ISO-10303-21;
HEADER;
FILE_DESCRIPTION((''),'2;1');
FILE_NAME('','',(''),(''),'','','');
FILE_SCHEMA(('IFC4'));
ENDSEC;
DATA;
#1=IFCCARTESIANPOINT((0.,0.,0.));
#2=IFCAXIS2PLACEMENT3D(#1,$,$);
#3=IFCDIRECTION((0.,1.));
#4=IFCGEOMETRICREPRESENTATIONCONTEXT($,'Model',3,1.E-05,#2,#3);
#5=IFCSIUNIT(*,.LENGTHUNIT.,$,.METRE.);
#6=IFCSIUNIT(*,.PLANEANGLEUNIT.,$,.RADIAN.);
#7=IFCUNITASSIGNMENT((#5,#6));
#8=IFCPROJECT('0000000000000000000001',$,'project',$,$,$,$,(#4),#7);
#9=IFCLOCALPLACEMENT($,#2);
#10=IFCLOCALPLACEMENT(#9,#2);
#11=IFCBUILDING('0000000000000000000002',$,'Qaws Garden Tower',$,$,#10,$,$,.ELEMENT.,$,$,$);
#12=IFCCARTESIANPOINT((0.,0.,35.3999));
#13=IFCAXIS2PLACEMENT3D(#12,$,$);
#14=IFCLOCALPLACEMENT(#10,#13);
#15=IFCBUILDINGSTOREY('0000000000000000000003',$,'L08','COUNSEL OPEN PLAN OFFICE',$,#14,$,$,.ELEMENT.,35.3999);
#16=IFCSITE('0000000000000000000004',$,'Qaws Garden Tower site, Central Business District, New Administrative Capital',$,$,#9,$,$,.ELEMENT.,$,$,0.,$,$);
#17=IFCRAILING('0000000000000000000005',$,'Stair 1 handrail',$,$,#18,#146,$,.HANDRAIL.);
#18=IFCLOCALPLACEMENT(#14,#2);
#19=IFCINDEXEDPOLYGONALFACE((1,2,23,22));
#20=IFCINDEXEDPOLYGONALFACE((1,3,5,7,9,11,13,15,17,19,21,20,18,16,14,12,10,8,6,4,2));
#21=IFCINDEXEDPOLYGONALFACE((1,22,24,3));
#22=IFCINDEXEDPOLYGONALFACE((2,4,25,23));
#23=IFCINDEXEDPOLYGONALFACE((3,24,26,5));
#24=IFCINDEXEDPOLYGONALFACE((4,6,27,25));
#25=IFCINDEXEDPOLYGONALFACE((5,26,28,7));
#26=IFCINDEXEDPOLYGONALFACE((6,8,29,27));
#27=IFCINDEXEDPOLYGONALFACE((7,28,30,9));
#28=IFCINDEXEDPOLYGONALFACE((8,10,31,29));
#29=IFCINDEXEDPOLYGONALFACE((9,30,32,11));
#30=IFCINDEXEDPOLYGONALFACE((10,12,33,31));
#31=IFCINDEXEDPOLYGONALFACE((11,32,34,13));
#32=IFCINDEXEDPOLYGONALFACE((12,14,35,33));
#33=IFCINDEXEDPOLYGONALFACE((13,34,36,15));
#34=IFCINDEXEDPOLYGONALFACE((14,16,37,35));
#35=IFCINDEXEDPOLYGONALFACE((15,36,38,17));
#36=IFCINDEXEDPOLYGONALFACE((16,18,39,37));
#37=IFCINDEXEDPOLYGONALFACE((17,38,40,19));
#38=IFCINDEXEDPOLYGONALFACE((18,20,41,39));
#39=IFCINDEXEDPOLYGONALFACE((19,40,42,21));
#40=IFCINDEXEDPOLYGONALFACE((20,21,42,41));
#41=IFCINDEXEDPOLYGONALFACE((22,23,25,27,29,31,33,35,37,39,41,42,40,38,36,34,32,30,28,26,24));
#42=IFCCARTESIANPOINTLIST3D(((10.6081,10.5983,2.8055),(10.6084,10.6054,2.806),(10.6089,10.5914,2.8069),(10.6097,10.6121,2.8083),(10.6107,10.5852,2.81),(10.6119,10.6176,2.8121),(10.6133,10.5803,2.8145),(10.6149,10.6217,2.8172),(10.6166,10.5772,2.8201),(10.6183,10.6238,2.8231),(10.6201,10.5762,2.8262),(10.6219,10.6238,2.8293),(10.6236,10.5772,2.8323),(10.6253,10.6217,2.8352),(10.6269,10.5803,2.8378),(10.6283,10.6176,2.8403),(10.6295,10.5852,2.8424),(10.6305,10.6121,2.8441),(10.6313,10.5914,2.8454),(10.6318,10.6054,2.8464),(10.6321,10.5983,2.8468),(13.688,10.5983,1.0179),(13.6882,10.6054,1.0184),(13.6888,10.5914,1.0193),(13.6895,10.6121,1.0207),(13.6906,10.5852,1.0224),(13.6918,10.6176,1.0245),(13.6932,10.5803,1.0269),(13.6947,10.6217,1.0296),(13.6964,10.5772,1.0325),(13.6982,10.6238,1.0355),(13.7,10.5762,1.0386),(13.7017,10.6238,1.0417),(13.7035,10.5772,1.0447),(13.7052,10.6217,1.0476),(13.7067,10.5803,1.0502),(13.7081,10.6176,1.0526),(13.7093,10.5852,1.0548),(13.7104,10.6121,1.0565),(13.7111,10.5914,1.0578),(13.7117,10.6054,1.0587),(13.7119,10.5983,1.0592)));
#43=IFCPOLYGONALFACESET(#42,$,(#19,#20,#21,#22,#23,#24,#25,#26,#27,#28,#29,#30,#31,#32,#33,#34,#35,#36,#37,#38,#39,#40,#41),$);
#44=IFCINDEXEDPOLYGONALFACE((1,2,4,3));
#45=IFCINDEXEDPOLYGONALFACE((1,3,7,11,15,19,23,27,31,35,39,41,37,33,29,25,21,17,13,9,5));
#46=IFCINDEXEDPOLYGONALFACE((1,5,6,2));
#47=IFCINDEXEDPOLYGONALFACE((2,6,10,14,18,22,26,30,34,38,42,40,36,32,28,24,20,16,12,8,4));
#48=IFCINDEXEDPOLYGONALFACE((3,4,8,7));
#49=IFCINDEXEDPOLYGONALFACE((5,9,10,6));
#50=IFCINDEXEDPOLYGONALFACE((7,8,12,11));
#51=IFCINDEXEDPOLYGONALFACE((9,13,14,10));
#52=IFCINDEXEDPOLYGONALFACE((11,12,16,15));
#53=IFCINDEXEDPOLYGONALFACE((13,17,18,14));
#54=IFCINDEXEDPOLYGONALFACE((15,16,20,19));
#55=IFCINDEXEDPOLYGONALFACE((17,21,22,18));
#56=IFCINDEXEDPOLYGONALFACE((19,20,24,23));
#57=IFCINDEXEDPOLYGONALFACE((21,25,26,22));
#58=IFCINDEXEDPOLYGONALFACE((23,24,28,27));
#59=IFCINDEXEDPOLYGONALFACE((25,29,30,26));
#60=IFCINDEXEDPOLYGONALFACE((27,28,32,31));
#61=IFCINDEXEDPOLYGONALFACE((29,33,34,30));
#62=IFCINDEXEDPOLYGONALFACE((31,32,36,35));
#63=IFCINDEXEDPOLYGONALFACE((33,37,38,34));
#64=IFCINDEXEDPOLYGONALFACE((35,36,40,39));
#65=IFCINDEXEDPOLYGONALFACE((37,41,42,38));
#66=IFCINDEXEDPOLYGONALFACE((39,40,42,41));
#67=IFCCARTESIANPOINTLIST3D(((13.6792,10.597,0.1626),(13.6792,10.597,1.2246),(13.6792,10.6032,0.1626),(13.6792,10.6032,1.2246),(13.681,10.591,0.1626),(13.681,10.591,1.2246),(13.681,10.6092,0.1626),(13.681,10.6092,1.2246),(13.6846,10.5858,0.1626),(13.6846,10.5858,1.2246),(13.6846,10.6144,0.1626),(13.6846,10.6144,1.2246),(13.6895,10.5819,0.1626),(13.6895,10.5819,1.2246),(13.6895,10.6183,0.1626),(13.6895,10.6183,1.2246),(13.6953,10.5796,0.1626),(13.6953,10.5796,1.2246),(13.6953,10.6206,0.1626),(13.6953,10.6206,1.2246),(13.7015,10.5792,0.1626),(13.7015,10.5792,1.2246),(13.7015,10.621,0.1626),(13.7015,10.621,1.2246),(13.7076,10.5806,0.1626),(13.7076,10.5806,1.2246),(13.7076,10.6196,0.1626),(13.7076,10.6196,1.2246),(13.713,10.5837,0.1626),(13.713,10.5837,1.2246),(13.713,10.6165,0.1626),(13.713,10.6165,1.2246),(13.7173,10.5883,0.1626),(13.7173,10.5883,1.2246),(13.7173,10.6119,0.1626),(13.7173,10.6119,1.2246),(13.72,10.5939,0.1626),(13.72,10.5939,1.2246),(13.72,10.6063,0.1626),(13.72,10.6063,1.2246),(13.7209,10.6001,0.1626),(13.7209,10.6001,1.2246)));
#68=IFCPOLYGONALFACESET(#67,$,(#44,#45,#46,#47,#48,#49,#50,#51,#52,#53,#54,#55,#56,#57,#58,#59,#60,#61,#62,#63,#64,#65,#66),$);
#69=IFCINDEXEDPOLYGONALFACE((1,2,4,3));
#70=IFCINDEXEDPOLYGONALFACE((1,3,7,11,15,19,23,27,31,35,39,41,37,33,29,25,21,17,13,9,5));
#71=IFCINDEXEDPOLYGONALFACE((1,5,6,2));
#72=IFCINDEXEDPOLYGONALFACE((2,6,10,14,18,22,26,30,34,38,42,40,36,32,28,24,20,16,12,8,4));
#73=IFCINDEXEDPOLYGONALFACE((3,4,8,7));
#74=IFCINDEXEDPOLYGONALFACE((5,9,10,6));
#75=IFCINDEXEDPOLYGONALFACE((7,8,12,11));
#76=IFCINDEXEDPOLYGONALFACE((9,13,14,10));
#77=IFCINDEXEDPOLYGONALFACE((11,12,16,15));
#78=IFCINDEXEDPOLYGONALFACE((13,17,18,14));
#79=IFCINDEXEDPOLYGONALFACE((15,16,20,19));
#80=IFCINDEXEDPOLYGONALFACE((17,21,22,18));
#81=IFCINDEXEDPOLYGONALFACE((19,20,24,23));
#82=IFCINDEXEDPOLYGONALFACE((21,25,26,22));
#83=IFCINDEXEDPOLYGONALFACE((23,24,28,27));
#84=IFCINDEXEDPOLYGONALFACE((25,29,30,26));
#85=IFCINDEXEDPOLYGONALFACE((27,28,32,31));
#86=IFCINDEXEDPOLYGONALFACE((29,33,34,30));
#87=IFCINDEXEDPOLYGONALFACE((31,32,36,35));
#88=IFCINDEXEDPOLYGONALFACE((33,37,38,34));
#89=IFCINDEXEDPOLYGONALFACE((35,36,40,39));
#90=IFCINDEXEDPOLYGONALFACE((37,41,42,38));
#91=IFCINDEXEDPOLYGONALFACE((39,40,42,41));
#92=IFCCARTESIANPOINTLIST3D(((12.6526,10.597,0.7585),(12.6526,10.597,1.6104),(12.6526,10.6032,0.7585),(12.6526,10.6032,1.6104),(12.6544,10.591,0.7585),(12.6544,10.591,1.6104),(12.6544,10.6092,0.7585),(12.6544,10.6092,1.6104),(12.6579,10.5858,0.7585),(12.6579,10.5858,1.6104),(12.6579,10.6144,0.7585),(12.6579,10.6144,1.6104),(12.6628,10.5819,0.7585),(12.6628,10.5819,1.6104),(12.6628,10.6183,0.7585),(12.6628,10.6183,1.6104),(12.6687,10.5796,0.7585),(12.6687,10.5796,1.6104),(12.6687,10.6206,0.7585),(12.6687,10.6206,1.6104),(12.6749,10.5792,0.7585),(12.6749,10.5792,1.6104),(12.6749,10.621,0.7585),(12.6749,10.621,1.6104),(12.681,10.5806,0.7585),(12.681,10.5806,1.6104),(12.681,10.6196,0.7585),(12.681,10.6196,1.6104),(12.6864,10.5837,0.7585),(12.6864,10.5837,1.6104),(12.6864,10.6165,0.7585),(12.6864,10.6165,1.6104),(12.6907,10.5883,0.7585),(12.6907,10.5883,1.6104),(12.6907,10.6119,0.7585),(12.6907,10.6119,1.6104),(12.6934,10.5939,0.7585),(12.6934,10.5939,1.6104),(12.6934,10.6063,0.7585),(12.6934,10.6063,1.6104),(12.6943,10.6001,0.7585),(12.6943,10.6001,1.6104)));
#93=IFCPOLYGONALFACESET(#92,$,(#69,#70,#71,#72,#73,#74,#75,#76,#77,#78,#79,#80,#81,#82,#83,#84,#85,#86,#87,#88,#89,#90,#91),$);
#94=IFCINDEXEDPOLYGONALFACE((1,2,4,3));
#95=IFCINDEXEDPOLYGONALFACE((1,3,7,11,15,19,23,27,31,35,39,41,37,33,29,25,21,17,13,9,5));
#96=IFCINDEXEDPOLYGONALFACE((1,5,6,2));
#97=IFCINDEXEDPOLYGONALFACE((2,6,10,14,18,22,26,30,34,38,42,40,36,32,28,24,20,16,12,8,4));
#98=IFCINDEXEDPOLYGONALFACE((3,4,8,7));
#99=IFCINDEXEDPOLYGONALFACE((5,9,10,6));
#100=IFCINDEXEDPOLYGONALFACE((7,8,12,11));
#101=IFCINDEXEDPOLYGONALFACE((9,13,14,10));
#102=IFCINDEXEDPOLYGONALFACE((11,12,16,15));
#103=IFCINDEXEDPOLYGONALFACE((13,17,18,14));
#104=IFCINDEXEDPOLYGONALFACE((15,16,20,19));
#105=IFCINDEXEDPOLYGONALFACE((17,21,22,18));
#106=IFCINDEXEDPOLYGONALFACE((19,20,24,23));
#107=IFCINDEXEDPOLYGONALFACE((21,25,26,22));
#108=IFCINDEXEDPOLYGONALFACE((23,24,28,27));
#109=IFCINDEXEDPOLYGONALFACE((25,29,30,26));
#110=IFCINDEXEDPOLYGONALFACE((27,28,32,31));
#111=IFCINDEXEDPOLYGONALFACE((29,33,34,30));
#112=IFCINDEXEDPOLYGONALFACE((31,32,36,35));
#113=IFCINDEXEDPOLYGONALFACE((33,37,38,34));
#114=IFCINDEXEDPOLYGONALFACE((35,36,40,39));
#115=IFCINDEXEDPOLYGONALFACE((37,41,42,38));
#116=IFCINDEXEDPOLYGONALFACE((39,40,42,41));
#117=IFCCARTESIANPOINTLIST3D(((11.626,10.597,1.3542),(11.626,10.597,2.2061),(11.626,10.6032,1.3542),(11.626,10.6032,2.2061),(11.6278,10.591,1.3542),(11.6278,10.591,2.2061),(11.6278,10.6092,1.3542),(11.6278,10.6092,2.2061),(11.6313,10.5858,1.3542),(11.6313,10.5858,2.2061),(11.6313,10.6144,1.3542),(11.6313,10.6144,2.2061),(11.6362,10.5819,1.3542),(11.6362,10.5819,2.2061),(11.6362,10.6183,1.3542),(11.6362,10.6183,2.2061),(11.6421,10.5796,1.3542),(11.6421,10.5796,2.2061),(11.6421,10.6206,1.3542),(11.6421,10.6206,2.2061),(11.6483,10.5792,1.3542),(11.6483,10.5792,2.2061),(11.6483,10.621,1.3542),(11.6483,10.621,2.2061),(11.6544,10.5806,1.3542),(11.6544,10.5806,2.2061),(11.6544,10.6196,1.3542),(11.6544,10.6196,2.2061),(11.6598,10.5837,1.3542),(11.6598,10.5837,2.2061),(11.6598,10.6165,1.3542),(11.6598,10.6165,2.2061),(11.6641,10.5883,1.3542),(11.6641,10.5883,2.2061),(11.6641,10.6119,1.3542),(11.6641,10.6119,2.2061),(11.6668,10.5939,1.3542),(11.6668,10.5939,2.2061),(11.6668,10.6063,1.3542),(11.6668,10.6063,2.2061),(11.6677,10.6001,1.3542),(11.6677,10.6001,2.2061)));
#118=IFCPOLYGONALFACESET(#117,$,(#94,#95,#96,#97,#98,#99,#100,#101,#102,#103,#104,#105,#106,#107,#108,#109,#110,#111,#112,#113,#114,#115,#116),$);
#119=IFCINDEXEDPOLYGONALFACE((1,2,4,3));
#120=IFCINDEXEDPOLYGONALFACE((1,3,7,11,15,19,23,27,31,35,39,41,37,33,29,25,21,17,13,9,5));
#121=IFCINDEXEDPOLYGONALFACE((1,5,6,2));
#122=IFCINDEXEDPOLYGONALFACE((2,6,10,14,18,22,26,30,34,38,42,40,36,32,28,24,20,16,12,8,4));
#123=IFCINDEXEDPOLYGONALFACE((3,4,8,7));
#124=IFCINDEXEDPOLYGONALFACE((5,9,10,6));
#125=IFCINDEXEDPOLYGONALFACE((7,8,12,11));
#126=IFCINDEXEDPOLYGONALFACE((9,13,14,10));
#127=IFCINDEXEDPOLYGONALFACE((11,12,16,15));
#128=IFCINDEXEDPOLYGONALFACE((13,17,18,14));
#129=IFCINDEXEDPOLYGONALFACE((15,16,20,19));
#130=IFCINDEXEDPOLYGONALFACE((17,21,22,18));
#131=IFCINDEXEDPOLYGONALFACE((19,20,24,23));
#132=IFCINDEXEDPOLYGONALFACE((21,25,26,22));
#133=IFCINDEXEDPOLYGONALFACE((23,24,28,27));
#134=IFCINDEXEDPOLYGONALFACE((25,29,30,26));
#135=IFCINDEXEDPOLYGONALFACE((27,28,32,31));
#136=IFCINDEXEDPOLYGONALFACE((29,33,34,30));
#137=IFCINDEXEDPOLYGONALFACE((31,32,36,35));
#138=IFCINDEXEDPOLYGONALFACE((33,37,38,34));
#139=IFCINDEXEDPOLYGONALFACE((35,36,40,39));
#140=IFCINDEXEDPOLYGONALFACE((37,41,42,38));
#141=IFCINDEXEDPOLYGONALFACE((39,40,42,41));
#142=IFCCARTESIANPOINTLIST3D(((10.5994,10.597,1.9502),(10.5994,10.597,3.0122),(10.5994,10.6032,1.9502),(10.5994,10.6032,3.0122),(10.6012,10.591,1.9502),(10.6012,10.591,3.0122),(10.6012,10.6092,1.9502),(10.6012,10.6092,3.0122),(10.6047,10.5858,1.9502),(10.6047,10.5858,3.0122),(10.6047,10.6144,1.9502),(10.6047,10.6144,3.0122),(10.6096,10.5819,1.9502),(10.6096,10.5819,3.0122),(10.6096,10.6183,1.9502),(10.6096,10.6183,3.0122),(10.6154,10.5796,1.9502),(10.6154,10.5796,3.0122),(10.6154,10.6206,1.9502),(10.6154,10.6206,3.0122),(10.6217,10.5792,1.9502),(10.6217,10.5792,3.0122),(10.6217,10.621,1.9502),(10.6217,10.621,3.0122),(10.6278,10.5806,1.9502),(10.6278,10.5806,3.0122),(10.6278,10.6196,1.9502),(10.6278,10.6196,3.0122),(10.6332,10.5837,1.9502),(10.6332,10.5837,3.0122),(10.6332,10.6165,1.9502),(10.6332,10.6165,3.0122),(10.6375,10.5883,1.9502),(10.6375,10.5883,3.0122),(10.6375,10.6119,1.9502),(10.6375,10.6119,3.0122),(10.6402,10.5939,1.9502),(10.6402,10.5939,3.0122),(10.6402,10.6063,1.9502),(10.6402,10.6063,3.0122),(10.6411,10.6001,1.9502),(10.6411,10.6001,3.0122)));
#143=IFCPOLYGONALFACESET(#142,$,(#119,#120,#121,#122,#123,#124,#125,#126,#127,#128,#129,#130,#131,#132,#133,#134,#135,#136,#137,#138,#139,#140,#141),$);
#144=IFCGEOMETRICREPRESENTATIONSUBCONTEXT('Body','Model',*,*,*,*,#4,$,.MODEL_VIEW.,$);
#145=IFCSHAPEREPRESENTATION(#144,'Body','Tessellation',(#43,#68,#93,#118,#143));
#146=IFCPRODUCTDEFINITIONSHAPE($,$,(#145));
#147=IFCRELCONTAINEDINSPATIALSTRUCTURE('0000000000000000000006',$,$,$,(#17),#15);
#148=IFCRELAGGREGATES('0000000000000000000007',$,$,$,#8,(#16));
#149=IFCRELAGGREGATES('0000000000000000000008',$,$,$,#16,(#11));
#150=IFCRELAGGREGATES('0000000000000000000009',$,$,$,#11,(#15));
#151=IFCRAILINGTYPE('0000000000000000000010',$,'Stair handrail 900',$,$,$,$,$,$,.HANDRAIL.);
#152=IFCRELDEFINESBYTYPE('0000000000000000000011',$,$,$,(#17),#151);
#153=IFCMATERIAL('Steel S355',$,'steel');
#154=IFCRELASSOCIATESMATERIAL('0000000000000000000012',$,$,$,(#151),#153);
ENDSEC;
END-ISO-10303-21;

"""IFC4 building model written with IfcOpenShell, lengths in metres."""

from ifc_helpers import new_model, si_unit, direction, frame, origin, origin_2d, place, context, subcontext, project, spatial, circle, extrude, material, type_object, element, save


model = new_model("IFC4")

# Units and contexts
model_context = context("Model", 3, precision=1e-05, world=origin(), true_north=direction((0.0, 1.0)))
body_context = subcontext(model_context, "Body", "Model", "MODEL_VIEW")
ifc_project = project(units=[si_unit("LENGTHUNIT", "METRE"), si_unit("PLANEANGLEUNIT", "RADIAN")], contexts=[model_context])

# Site, building, storey
site_placement = place(None, origin())
site = spatial("IfcSite", under=ifc_project, at=site_placement, Name="Qaws Garden Tower site, Central Business District, New Administrative Capital", CompositionType="ELEMENT", RefElevation=0.0)
building_placement = place(site_placement, origin())
building = spatial("IfcBuilding", under=site, at=building_placement, Name="Qaws Garden Tower", CompositionType="ELEMENT")
storey_placement = place(building_placement, frame((0.0, 0.0, 35.3999)))
storey = spatial("IfcBuildingStorey", under=building, at=storey_placement, Name="L08", Description="COUNSEL OPEN PLAN OFFICE", CompositionType="ELEMENT", Elevation=35.3999)

# Railing
ifc_material_1 = material(Name="Steel S355", Category="steel")
railing_type = type_object("IfcRailingType", Name="Stair handrail 900", PredefinedType="HANDRAIL", material=ifc_material_1)
railing_1_placement = place(storey_placement, frame((13.7, 10.6001, 0.1626)))
element("IfcRailing", 1, at=railing_1_placement, inside=storey, type_object=railing_type, Name="Stair 1 handrail", PredefinedType="HANDRAIL", context=body_context, shape_type="SweptSolid", body=[
    extrude(circle(Radius=0.0239, at=origin_2d()), frame((0.0, 0.0, 0.876), z_axis=(-0.864873, 0.0, 0.50199), x_axis=(0.0, -1.0, 0.0)), (0.0, 0.0, 1.0), 3.561),
    extrude(circle(Radius=0.021, at=origin_2d()), origin(), (0.0, 0.0, 1.0), 1.062),
    extrude(circle(Radius=0.021, at=origin_2d()), frame((-1.0266, 0.0, 0.5959)), (0.0, 0.0, 1.0), 0.8518),
    extrude(circle(Radius=0.021, at=origin_2d()), frame((-2.0532, 0.0, 1.1917)), (0.0, 0.0, 1.0), 0.8518),
    extrude(circle(Radius=0.021, at=origin_2d()), frame((-3.0798, 0.0, 1.7876)), (0.0, 0.0, 1.0), 1.062),
])

save(model, "model.ifc")
